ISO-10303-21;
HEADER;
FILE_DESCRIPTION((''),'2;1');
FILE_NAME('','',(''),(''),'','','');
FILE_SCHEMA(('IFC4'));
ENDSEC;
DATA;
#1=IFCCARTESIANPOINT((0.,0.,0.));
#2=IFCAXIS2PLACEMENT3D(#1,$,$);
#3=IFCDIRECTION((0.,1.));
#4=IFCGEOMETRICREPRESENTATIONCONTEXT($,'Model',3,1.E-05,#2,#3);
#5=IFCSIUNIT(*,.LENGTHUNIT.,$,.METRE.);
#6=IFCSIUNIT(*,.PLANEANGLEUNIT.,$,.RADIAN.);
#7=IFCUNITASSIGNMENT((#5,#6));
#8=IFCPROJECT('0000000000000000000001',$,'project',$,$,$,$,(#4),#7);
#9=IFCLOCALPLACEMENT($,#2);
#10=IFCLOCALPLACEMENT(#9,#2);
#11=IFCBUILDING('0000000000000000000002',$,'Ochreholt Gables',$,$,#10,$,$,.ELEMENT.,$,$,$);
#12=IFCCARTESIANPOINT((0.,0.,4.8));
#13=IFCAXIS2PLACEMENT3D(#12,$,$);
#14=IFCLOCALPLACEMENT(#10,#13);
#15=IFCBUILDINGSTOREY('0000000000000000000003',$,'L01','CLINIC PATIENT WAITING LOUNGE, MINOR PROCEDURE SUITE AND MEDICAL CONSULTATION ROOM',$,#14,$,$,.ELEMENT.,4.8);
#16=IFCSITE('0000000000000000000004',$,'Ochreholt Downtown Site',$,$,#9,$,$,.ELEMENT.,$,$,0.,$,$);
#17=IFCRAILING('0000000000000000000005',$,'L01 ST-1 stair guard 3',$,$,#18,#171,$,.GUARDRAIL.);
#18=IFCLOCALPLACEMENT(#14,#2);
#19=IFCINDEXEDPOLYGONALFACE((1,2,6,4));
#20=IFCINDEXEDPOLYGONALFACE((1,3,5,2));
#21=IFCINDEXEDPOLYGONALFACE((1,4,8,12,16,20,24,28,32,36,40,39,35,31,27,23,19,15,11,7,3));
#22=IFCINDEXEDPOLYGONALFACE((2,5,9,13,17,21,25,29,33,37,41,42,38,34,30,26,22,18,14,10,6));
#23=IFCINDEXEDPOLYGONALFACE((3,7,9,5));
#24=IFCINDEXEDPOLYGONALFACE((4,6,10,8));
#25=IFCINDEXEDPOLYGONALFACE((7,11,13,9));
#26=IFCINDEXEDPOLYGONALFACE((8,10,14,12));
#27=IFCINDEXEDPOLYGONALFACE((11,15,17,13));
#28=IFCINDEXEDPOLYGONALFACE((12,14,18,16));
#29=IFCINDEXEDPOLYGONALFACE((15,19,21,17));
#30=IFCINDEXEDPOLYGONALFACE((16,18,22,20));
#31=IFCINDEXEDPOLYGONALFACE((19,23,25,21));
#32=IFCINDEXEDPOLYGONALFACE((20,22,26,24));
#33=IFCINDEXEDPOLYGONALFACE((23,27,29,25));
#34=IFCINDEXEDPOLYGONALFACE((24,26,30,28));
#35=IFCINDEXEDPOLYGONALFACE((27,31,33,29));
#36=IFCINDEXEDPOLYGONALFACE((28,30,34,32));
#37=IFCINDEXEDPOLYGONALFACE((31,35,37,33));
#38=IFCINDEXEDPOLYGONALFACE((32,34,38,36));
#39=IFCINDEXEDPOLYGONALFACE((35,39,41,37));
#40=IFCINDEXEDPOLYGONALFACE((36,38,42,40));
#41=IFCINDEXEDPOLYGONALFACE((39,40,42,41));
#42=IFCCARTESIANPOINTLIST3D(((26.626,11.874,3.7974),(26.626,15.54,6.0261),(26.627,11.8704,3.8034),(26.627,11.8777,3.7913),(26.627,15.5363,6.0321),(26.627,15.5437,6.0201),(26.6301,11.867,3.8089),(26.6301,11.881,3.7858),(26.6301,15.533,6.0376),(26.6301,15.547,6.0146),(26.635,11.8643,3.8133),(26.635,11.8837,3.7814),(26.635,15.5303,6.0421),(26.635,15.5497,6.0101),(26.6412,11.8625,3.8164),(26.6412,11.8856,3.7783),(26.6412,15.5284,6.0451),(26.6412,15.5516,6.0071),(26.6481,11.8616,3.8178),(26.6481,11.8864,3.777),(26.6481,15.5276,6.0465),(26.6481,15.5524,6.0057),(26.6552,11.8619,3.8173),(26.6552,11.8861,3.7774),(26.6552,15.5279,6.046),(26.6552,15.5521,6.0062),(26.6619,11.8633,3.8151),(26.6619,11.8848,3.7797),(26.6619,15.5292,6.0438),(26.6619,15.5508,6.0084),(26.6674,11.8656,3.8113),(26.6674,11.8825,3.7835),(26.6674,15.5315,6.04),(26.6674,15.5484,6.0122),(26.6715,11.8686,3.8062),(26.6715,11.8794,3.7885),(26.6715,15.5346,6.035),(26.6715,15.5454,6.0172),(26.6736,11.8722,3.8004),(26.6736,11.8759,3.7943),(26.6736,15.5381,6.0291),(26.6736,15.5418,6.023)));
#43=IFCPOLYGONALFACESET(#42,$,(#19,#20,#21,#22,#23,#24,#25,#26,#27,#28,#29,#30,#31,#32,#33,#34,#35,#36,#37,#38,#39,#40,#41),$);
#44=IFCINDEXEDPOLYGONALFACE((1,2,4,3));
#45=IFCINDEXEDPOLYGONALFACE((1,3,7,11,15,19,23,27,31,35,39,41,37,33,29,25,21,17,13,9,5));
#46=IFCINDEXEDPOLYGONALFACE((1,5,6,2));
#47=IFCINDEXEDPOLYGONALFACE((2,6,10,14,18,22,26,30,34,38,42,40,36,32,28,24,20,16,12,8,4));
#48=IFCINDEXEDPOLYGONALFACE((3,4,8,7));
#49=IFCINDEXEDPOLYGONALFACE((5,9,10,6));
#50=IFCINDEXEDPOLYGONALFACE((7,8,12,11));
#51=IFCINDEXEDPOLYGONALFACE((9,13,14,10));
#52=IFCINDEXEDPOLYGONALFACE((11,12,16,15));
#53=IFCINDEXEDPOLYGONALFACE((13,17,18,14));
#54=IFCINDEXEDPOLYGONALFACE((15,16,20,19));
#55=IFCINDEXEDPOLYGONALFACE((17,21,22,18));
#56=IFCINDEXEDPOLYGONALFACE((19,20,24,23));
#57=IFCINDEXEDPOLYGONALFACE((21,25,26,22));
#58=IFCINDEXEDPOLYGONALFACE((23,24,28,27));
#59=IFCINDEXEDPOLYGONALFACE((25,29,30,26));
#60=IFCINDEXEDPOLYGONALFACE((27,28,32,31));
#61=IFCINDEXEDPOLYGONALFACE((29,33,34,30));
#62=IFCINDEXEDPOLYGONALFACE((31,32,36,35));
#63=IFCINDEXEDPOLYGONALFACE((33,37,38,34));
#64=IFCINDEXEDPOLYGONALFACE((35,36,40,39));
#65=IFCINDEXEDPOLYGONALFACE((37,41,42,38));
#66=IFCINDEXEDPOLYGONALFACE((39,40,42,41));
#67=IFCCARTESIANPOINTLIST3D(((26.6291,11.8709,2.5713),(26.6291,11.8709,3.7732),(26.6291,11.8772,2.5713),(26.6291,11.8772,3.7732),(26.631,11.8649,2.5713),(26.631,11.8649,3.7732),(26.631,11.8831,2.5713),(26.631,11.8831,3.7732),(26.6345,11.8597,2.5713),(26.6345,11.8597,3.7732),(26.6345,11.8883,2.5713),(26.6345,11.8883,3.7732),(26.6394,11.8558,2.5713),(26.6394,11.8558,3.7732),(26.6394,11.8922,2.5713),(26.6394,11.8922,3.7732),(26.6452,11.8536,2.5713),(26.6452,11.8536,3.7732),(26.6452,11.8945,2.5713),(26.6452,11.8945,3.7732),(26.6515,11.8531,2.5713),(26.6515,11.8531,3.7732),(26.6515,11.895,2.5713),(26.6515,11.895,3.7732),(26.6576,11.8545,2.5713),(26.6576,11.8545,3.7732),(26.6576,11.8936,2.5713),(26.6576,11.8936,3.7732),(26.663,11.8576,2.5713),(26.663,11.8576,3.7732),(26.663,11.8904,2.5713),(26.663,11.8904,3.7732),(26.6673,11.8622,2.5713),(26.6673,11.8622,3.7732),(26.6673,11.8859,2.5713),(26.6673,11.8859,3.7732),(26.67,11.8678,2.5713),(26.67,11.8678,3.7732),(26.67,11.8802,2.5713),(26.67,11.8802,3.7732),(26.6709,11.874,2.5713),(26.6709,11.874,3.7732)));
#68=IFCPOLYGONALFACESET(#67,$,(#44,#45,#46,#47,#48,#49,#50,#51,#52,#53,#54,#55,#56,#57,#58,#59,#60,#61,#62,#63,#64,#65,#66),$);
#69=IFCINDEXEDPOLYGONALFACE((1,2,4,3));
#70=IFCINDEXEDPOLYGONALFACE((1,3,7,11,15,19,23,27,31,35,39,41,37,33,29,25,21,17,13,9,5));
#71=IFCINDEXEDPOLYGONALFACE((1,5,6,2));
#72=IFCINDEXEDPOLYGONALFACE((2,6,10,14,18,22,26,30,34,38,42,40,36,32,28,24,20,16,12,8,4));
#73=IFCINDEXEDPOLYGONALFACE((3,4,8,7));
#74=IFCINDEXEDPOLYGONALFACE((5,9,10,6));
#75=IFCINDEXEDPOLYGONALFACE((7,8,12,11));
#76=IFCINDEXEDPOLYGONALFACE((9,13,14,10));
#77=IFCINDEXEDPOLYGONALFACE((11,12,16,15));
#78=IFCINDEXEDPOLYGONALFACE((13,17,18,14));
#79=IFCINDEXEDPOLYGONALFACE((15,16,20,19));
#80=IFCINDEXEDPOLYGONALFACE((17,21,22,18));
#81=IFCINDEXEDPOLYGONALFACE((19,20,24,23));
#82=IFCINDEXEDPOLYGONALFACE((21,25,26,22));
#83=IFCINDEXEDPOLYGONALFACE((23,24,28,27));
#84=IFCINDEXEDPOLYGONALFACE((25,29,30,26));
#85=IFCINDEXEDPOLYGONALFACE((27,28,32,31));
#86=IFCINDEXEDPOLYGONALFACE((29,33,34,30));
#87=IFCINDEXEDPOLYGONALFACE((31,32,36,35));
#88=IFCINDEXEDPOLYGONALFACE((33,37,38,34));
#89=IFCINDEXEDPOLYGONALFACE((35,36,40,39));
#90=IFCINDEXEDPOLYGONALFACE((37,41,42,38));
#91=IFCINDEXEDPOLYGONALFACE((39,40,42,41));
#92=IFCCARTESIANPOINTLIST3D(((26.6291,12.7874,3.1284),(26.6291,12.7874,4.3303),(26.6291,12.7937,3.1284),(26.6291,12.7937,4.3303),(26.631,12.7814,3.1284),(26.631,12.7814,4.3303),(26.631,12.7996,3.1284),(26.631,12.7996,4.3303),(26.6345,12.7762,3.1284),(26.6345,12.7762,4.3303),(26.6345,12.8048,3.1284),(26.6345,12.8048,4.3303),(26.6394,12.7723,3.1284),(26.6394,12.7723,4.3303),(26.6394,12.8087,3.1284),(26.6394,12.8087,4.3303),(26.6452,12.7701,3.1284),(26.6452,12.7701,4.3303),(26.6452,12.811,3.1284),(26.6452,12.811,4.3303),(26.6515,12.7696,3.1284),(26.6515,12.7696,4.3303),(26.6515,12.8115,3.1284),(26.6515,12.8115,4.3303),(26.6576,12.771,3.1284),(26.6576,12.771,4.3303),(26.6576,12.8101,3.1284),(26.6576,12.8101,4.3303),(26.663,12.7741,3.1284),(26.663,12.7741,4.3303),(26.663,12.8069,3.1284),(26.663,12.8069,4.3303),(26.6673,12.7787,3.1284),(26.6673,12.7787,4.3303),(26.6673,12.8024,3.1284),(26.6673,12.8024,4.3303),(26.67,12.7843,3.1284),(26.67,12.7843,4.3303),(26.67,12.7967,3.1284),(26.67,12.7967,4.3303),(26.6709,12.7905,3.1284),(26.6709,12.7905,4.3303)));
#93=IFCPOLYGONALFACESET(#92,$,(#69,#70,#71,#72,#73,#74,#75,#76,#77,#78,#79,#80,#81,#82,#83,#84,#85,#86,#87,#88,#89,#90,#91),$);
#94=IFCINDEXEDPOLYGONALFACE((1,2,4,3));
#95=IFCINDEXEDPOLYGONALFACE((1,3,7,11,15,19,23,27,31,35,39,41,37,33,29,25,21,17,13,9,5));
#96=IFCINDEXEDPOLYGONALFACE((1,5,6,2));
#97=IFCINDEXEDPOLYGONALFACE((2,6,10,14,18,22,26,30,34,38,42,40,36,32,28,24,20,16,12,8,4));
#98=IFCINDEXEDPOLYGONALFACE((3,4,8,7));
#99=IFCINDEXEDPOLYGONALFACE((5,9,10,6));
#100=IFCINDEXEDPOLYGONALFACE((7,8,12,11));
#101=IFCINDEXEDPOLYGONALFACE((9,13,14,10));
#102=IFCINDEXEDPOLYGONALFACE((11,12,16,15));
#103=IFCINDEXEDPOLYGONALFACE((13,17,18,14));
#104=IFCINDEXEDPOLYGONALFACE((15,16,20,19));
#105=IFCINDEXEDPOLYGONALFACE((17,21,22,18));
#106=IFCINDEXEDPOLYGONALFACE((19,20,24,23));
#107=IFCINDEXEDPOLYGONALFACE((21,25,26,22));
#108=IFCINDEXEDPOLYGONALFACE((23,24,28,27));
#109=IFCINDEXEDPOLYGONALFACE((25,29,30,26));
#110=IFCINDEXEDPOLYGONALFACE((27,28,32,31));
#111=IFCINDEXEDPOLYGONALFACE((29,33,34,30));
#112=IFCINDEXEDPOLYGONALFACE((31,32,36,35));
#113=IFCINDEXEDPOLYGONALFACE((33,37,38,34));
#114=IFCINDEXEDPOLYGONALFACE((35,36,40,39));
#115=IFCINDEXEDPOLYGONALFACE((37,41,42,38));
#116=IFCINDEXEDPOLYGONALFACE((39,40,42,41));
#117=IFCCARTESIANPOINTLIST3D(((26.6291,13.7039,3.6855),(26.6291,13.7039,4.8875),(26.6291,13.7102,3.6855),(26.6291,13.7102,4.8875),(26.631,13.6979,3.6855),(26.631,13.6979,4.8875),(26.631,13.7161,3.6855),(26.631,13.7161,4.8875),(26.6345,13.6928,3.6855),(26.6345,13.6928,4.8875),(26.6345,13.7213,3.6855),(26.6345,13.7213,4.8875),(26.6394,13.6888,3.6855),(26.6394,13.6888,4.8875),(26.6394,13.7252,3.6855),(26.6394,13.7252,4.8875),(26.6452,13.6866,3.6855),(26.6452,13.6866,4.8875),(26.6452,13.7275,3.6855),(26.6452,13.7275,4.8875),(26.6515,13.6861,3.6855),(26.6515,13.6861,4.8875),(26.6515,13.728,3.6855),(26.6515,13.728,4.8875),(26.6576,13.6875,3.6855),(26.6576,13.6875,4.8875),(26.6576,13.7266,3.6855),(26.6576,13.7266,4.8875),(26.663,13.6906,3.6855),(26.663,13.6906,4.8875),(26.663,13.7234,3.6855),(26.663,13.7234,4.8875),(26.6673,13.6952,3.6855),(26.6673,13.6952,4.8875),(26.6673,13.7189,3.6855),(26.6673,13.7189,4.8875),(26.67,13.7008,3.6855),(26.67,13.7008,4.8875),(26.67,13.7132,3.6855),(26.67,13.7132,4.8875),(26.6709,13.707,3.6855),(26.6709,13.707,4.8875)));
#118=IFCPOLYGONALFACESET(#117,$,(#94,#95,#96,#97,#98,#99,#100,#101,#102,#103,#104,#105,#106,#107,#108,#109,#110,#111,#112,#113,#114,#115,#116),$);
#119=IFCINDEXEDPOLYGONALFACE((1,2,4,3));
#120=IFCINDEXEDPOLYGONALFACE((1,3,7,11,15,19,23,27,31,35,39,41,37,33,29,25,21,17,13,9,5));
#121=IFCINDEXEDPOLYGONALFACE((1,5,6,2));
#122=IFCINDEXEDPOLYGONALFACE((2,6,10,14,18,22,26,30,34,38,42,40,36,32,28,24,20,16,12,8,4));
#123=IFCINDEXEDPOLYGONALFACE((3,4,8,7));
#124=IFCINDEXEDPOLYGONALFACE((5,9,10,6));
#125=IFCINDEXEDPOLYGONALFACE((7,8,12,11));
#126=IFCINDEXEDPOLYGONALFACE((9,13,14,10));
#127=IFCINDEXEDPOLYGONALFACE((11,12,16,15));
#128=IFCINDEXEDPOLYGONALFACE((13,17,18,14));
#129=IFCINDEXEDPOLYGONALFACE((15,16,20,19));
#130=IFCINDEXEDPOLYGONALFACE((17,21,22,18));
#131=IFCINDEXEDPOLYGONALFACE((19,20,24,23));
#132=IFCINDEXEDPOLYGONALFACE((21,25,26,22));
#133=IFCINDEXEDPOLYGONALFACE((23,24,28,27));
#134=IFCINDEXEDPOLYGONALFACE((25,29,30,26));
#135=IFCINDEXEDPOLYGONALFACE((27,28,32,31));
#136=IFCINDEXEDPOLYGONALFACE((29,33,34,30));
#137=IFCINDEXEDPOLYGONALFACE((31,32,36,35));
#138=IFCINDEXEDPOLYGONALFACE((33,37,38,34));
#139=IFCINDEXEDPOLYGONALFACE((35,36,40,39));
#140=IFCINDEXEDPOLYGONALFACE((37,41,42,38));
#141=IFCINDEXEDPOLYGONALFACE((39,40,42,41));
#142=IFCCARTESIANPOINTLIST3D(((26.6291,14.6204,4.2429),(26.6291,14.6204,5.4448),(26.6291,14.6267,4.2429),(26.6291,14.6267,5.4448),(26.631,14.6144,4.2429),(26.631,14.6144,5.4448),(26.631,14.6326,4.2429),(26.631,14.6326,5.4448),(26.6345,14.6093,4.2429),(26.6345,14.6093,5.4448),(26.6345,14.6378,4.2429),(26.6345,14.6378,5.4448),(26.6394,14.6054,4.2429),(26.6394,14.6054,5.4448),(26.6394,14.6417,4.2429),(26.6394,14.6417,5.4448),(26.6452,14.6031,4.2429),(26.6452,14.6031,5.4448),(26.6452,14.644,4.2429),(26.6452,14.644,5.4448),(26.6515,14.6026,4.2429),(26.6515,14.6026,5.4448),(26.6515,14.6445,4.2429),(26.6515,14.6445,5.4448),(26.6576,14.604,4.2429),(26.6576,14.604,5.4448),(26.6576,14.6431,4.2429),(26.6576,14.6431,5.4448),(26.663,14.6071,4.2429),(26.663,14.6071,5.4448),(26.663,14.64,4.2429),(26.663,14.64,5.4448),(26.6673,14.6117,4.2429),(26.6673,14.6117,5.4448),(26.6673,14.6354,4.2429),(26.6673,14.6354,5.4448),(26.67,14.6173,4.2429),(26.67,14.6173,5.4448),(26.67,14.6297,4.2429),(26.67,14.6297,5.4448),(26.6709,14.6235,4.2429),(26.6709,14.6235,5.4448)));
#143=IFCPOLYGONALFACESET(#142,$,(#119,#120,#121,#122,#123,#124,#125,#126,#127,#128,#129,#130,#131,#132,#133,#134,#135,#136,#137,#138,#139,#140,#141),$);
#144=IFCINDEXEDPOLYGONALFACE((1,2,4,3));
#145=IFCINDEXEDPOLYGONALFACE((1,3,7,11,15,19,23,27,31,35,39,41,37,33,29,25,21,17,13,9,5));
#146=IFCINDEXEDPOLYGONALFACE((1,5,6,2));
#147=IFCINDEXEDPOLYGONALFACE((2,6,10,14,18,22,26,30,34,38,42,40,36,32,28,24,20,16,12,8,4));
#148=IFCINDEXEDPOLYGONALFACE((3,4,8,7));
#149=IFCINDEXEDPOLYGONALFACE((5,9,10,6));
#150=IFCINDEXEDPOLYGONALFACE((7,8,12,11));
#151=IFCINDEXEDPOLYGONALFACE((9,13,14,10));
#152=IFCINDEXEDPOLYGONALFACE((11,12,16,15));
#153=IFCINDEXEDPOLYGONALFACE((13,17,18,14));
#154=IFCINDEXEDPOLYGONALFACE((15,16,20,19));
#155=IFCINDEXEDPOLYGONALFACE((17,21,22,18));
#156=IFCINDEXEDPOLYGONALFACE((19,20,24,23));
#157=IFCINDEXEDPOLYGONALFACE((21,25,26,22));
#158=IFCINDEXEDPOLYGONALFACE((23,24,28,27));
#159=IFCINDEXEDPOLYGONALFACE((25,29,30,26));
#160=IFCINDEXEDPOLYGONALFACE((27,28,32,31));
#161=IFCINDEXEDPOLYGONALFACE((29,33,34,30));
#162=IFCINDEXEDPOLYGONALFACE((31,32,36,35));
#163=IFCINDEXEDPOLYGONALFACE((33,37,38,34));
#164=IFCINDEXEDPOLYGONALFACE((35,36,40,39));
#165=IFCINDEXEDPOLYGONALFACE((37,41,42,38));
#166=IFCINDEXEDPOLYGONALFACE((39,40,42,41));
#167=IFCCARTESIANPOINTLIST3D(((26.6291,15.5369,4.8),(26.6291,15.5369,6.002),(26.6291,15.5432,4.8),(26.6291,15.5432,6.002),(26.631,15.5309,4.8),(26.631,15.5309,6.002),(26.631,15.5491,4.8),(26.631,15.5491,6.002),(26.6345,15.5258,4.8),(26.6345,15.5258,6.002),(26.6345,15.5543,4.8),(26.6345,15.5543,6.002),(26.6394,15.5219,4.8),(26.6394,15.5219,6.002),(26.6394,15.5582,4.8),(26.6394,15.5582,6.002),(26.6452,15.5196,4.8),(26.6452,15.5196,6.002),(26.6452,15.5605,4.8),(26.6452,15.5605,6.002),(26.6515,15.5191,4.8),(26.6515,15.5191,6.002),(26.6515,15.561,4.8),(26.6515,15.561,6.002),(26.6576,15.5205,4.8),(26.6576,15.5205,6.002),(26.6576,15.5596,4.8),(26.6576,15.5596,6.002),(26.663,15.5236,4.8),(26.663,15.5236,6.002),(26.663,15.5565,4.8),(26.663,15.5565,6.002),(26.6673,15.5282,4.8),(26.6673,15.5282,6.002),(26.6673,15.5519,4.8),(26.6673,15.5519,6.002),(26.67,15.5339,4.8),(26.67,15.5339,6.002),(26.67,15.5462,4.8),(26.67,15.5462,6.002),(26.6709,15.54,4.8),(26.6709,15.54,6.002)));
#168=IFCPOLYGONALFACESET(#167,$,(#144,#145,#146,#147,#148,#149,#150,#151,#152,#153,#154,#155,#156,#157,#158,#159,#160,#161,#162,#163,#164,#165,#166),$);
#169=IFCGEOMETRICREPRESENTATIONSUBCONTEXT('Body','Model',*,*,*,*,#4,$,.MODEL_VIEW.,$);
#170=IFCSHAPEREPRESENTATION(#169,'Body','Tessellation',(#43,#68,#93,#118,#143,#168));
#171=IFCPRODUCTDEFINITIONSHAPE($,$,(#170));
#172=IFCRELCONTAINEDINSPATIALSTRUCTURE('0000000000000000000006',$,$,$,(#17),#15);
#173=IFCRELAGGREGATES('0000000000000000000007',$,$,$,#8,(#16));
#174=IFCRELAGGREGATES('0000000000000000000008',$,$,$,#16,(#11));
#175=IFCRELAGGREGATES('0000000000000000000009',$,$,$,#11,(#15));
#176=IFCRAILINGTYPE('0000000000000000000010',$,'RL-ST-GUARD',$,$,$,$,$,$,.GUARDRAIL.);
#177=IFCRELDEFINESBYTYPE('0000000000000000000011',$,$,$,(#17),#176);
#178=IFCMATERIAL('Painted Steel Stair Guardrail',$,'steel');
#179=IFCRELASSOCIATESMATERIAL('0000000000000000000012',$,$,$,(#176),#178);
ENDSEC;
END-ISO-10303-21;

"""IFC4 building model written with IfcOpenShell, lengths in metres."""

from ifc_helpers import new_model, si_unit, direction, frame, origin, origin_2d, place, context, subcontext, project, spatial, circle, extrude, material, type_object, element, save


model = new_model("IFC4")

# Units and contexts
model_context = context("Model", 3, precision=1e-05, world=origin(), true_north=direction((0.0, 1.0)))
body_context = subcontext(model_context, "Body", "Model", "MODEL_VIEW")
ifc_project = project(units=[si_unit("LENGTHUNIT", "METRE"), si_unit("PLANEANGLEUNIT", "RADIAN")], contexts=[model_context])

# Site, building, storey
site_placement = place(None, origin())
site = spatial("IfcSite", under=ifc_project, at=site_placement, Name="Ochreholt Downtown Site", CompositionType="ELEMENT", RefElevation=0.0)
building_placement = place(site_placement, origin())
building = spatial("IfcBuilding", under=site, at=building_placement, Name="Ochreholt Gables", CompositionType="ELEMENT")
storey_placement = place(building_placement, frame((0.0, 0.0, 4.8)))
storey = spatial("IfcBuildingStorey", under=building, at=storey_placement, Name="L01", Description="CLINIC PATIENT WAITING LOUNGE, MINOR PROCEDURE SUITE AND MEDICAL CONSULTATION ROOM", CompositionType="ELEMENT", Elevation=4.8)

# Railing
ifc_material_1 = material(Name="Painted Steel Stair Guardrail", Category="steel")
railing_type = type_object("IfcRailingType", Name="RL-ST-GUARD", PredefinedType="GUARDRAIL", material=ifc_material_1)
railing_1_placement = place(storey_placement, frame((26.6499, 11.874, 2.5713)))
element("IfcRailing", 1, at=railing_1_placement, inside=storey, type_object=railing_type, Name="L01 ST-1 stair guard 3", PredefinedType="GUARDRAIL", context=body_context, shape_type="SweptSolid", body=[
    extrude(circle(Radius=0.0239, at=origin_2d()), frame((0.0, 0.0, 1.2261), z_axis=(0.0, 0.854481, 0.519483), x_axis=(-1.0, 0.0, 0.0)), (0.0, 0.0, 1.0), 4.2903),
    extrude(circle(Radius=0.021, at=origin_2d()), origin(), (0.0, 0.0, 1.0), 1.2019),
    extrude(circle(Radius=0.021, at=origin_2d()), frame((0.0, 0.9165, 0.5571)), (0.0, 0.0, 1.0), 1.2019),
    extrude(circle(Radius=0.021, at=origin_2d()), frame((0.0, 1.833, 1.1143)), (0.0, 0.0, 1.0), 1.2019),
    extrude(circle(Radius=0.021, at=origin_2d()), frame((0.0, 2.7495, 1.6716)), (0.0, 0.0, 1.0), 1.2019),
    extrude(circle(Radius=0.021, at=origin_2d()), frame((0.0, 3.666, 2.2288)), (0.0, 0.0, 1.0), 1.2019),
])

save(model, "model.ifc")
